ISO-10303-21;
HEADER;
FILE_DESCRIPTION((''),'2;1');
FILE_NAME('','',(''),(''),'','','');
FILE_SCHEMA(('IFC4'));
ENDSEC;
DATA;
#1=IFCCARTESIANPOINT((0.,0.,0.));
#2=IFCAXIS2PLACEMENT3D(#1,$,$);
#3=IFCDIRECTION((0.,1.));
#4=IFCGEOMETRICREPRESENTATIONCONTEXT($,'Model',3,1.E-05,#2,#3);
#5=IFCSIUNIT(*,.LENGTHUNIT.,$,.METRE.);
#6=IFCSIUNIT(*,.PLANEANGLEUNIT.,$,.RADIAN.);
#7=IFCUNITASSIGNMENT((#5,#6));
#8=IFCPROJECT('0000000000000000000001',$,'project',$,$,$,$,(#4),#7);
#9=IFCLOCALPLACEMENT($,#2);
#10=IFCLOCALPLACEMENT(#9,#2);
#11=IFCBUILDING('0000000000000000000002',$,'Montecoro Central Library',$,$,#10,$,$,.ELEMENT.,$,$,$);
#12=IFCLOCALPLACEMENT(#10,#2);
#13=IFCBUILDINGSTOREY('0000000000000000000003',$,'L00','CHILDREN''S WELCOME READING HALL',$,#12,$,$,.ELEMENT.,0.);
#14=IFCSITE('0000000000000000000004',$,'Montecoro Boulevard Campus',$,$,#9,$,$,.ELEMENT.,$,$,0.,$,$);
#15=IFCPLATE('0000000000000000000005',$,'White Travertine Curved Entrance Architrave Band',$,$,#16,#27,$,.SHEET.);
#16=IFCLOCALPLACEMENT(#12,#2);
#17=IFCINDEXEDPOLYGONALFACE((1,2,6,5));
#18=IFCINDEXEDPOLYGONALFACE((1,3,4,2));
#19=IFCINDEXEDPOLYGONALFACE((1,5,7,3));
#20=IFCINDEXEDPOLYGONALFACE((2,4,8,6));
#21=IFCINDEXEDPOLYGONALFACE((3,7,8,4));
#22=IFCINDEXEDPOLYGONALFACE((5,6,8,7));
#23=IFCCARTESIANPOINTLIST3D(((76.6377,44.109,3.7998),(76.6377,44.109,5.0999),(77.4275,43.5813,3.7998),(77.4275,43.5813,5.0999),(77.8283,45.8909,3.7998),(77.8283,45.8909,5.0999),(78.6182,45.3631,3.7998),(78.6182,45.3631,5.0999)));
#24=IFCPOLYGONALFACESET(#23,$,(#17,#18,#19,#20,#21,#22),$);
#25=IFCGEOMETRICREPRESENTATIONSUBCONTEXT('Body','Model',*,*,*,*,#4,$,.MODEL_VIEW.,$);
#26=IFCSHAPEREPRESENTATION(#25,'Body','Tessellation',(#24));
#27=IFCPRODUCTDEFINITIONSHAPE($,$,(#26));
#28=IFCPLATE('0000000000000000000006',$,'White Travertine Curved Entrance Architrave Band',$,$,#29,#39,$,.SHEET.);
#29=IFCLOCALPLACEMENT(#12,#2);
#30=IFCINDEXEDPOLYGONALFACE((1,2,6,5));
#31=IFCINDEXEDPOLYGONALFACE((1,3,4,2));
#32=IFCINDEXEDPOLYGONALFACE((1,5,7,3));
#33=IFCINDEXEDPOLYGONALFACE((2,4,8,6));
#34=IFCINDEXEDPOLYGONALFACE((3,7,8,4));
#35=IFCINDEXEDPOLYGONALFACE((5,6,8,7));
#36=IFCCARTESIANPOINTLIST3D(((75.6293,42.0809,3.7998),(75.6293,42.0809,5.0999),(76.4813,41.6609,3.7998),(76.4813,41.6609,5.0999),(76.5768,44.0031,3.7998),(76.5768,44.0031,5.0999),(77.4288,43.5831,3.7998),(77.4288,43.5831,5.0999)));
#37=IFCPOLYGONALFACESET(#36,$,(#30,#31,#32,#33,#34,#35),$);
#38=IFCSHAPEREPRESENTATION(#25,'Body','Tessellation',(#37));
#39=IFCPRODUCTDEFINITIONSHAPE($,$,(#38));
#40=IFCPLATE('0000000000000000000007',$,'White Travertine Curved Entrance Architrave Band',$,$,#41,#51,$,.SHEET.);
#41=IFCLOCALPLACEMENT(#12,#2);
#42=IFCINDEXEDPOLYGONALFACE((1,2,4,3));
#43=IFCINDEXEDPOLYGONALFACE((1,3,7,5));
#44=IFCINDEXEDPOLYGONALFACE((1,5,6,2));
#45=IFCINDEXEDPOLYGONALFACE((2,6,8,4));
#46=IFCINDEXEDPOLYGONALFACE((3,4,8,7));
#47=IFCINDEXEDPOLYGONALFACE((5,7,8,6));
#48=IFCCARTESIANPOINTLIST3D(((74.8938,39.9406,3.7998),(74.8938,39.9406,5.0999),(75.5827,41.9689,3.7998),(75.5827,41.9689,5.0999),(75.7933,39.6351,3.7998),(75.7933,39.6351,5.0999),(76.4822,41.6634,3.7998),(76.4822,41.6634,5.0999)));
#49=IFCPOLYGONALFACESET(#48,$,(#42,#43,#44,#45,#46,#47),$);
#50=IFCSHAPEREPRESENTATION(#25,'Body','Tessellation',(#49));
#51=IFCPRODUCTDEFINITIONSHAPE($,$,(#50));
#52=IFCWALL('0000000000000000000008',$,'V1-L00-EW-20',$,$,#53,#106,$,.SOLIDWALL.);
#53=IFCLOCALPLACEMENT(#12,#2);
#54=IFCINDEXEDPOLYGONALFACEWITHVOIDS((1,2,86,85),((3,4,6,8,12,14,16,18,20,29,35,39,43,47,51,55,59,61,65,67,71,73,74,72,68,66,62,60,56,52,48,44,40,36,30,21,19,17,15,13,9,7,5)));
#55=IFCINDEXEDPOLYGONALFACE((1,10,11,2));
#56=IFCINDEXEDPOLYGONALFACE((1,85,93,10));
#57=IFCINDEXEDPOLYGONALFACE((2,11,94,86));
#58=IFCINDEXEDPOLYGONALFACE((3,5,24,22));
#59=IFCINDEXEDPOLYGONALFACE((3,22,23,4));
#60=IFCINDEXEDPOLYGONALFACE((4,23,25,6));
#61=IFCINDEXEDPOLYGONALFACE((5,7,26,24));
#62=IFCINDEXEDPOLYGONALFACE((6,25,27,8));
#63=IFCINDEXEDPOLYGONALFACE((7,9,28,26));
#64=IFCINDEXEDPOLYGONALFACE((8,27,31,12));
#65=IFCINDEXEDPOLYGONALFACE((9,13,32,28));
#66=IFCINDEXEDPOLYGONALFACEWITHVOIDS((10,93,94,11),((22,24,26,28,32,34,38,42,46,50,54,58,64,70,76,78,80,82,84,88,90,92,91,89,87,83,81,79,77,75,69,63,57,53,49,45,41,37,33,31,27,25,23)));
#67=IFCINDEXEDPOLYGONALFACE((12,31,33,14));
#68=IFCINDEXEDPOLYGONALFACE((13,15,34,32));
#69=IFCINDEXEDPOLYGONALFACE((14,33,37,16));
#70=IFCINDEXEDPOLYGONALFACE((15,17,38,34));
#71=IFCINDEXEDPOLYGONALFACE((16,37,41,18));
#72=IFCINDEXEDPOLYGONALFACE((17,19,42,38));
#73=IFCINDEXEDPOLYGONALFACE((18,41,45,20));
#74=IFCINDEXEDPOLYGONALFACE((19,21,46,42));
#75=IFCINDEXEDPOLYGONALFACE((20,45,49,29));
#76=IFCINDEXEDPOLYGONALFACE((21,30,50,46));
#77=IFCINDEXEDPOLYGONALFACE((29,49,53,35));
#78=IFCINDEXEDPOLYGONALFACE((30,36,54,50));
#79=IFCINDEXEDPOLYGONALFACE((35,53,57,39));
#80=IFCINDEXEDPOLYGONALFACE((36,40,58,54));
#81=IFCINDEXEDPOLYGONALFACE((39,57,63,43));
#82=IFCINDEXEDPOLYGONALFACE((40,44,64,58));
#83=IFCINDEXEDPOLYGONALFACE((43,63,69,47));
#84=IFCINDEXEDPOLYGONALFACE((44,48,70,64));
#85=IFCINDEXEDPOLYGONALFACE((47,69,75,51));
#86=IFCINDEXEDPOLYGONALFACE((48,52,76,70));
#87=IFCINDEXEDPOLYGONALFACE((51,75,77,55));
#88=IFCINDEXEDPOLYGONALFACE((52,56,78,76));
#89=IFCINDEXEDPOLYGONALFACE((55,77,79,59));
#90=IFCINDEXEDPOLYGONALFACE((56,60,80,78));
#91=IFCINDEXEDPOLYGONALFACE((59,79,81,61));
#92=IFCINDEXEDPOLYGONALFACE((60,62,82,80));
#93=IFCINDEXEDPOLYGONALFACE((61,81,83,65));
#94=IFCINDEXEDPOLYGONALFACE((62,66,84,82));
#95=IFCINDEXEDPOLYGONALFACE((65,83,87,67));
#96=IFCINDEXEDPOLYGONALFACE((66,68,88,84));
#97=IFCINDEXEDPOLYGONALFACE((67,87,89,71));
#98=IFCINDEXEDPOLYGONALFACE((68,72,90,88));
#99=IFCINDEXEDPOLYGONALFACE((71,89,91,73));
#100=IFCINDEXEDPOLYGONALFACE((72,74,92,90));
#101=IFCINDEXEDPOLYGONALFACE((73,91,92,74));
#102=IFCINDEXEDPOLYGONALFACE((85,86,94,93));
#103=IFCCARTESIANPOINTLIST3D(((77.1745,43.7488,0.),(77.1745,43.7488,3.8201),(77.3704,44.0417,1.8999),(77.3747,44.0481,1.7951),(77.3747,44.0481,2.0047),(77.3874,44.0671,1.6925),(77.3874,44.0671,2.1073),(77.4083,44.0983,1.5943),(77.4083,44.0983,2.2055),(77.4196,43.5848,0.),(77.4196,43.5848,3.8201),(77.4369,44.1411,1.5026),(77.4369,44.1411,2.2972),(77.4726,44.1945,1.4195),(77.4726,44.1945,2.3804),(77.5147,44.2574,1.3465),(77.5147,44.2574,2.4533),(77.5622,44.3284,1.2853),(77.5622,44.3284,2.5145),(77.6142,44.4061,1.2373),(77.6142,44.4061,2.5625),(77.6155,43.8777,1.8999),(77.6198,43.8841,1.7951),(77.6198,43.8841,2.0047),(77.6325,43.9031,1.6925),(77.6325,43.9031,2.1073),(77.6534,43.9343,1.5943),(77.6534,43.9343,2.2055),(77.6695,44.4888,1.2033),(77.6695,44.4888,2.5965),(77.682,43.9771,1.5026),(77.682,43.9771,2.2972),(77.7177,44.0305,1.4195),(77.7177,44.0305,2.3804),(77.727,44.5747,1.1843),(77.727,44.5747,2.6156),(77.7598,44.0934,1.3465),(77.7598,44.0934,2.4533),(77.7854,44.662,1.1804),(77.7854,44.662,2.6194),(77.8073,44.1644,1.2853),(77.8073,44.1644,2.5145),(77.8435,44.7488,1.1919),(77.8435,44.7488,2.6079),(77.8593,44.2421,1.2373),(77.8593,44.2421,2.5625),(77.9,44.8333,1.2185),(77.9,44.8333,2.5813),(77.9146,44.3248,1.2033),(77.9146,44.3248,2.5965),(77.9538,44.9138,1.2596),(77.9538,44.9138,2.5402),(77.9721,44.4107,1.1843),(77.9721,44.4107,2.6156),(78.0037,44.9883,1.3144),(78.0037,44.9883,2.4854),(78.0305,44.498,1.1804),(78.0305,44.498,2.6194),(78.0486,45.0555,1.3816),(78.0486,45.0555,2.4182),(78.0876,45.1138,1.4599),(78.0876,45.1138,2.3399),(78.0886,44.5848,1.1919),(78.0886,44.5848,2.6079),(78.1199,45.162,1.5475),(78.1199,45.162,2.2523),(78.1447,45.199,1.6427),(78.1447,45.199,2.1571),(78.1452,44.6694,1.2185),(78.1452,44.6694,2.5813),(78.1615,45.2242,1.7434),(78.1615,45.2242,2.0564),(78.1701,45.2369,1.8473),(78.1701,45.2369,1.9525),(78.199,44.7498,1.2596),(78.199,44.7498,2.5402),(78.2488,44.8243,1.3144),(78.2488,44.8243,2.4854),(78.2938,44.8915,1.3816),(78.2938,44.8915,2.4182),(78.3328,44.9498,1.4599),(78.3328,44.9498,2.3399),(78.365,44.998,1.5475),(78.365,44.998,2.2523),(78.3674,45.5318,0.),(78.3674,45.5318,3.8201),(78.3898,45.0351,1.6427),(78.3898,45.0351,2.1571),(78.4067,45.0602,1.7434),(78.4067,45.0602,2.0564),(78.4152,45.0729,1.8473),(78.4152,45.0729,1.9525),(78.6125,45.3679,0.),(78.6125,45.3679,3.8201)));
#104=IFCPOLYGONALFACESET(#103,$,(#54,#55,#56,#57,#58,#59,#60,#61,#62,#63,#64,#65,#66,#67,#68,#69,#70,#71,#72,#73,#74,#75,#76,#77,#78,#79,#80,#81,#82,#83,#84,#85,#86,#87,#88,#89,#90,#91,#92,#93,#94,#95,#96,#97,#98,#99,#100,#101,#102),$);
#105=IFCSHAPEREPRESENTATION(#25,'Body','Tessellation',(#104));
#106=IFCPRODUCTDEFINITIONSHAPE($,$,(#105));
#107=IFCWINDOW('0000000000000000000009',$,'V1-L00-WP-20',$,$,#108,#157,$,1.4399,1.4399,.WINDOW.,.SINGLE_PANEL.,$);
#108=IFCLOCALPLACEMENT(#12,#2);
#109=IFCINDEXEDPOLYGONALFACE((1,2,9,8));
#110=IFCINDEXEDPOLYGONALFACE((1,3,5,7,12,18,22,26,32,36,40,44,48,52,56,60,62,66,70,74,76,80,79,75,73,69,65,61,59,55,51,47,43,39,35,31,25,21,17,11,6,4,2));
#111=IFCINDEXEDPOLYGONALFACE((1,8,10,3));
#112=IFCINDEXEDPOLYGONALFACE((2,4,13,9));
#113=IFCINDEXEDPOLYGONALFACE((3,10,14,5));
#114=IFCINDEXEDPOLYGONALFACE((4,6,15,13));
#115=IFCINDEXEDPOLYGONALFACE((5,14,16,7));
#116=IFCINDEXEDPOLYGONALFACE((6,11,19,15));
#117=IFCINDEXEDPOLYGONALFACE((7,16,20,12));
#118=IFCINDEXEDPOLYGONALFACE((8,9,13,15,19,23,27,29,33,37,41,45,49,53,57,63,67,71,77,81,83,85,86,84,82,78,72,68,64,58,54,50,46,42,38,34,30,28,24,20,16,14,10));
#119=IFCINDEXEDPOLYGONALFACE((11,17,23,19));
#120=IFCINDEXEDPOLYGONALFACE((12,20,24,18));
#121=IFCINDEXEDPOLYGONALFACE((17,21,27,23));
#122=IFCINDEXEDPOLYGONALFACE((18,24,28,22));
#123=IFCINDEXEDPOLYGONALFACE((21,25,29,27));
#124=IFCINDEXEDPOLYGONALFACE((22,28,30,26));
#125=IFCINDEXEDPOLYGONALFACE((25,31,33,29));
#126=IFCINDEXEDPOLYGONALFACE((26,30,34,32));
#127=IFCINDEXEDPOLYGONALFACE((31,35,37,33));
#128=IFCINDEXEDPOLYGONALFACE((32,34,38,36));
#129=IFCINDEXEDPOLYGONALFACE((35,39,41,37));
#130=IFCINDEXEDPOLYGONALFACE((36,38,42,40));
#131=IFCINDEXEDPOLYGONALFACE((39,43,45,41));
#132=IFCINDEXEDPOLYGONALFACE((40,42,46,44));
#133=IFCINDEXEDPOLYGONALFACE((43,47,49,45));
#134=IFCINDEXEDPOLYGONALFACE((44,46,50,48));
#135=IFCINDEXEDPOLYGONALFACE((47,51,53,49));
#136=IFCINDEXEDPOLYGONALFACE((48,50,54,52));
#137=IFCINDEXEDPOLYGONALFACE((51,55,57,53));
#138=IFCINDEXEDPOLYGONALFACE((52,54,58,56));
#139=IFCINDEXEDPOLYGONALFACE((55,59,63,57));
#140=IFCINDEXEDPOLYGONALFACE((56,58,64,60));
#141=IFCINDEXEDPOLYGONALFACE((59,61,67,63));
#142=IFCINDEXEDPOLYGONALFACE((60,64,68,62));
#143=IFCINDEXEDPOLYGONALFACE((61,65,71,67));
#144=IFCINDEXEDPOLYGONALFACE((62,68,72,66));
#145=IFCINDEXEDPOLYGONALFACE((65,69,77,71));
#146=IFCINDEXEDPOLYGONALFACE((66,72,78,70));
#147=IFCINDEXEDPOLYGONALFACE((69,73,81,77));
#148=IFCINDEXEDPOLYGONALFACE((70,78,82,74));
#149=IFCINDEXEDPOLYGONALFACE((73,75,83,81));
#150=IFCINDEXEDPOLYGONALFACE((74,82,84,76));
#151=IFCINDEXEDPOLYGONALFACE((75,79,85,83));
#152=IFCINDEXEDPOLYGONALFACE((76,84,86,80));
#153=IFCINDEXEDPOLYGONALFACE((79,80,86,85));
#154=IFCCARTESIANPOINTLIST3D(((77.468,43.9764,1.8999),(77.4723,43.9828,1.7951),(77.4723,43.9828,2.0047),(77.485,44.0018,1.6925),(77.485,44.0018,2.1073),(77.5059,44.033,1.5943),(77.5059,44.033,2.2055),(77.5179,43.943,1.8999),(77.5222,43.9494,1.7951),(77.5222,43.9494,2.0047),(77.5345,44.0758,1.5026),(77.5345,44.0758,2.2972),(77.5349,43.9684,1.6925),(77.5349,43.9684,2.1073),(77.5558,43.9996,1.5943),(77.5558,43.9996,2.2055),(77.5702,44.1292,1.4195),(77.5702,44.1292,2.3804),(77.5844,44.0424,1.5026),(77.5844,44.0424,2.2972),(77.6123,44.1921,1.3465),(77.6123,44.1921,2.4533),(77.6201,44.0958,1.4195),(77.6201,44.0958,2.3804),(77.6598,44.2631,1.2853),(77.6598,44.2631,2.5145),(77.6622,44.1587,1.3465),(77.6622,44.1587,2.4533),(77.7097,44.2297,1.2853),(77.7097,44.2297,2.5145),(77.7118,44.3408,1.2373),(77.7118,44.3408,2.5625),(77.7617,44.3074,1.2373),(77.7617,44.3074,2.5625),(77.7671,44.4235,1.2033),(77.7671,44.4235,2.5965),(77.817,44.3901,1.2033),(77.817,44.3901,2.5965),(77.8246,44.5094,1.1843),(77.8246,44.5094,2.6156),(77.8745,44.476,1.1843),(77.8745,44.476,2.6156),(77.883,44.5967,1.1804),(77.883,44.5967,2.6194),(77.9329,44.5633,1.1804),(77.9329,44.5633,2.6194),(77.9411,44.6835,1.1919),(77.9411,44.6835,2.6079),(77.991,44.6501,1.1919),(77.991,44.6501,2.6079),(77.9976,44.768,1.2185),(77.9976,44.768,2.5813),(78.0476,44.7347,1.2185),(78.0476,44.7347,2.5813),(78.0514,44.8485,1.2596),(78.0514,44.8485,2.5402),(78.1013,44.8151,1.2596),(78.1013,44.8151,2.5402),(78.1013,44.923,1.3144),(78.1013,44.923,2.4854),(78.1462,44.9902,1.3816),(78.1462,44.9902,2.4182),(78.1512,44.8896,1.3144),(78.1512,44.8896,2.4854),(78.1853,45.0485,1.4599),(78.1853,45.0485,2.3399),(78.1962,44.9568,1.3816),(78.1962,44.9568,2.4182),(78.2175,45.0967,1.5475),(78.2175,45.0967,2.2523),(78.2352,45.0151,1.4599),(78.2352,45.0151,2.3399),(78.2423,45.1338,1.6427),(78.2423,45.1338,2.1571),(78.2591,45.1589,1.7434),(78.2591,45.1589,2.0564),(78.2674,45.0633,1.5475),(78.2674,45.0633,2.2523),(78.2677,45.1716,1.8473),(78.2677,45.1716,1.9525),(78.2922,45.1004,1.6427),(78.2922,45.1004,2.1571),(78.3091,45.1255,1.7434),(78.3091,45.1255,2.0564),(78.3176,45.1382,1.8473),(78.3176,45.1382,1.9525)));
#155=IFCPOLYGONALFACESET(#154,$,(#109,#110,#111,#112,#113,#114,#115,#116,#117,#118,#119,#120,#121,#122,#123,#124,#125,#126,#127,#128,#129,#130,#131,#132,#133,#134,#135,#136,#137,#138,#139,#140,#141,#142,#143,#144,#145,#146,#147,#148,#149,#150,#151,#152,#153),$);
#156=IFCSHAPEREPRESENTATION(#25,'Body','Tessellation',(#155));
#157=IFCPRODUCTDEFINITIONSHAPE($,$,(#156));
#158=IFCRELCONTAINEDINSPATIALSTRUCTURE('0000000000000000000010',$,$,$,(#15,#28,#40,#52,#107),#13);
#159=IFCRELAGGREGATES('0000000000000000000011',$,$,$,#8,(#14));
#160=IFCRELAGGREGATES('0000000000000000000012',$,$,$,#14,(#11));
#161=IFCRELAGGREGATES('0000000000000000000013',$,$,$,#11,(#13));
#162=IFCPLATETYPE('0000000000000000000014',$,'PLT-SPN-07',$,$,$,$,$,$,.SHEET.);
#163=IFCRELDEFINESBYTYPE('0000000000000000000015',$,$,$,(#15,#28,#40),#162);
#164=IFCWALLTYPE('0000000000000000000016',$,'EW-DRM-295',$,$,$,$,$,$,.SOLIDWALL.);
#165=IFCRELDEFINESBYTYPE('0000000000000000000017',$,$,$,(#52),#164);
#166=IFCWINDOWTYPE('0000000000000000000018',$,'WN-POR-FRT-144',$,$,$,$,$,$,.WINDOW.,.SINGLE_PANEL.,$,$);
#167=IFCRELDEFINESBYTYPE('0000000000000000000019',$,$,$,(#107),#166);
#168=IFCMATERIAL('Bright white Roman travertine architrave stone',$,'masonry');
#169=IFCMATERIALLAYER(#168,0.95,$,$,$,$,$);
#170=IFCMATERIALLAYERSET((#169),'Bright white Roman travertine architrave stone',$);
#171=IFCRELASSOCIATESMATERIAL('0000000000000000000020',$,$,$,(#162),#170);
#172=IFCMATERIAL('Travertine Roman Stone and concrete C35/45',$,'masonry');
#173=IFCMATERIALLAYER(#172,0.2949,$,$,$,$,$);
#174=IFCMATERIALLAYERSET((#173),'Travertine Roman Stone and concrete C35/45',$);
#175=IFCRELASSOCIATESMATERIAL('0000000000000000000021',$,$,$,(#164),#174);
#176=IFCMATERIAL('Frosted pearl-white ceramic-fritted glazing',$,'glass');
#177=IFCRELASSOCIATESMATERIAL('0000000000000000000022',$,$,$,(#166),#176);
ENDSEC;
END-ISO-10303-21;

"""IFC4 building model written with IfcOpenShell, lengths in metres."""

from ifc_helpers import new_model, si_unit, direction, frame, frame_2d, origin, origin_2d, place, context, subcontext, project, spatial, rectangle, circle, extrude, material, layer, layer_set, type_object, element, fill, save


model = new_model("IFC4")

# Units and contexts
model_context = context("Model", 3, precision=1e-05, world=origin(), true_north=direction((0.0, 1.0)))
body_context = subcontext(model_context, "Body", "Model", "MODEL_VIEW")
ifc_project = project(units=[si_unit("LENGTHUNIT", "METRE"), si_unit("PLANEANGLEUNIT", "RADIAN")], contexts=[model_context])

# Site, building, storey
site_placement = place(None, origin())
site = spatial("IfcSite", under=ifc_project, at=site_placement, Name="Montecoro Boulevard Campus", CompositionType="ELEMENT", RefElevation=0.0)
building_placement = place(site_placement, origin())
building = spatial("IfcBuilding", under=site, at=building_placement, Name="Montecoro Central Library", CompositionType="ELEMENT")
storey_placement = place(building_placement, origin())
storey = spatial("IfcBuildingStorey", under=building, at=storey_placement, Name="L00", Description="CHILDREN'S WELCOME READING HALL", CompositionType="ELEMENT", Elevation=0.0)

# Plates
ifc_material_1 = material(Name="Bright white Roman travertine architrave stone", Category="masonry")
ifc_layer_1 = layer(ifc_material_1, 0.95)
ifc_layer_set_1 = layer_set([ifc_layer_1], Name="Bright white Roman travertine architrave stone")
plate_type = type_object("IfcPlateType", Name="PLT-SPN-07", PredefinedType="SHEET", material=ifc_layer_set_1)
for number, where, z_axis, x_axis, name in (
    (1, (77.6279, 44.7361, 3.7998), (0.0, 0.0, 1.0), (-0.55557, -0.83147, 0.0), "White Travertine Curved Entrance Architrave Band"),
    (2, (76.5291, 42.832, 3.7998), (0.0, 0.0, 1.0), (-0.442132, -0.89695, 0.0), "White Travertine Curved Entrance Architrave Band"),
):
    element("IfcPlate", number, at=place(storey_placement, frame(where, z_axis=z_axis, x_axis=x_axis)), inside=storey, type_object=plate_type, Name=name, PredefinedType="SHEET", context=body_context, shape_type="SweptSolid", body=[
        extrude(rectangle(XDim=2.1431, YDim=0.95, at=origin_2d()), origin(), (0.0, 0.0, 1.0), 1.3),
    ])
plate_1_placement = place(storey_placement, frame((75.688, 40.802, 3.7998), z_axis=(0.0, 0.0, 1.0), x_axis=(-0.321605, -0.946874, 0.0)))
element("IfcPlate", 3, at=plate_1_placement, inside=storey, type_object=plate_type, Name="White Travertine Curved Entrance Architrave Band", PredefinedType="SHEET", context=body_context, shape_type="SweptSolid", body=[
    extrude(rectangle(XDim=2.1421, YDim=0.95, at=origin_2d()), origin(), (0.0, 0.0, 1.0), 1.3),
])

# Wall, opening, window
ifc_material_2 = material(Name="Travertine Roman Stone and concrete C35/45", Category="masonry")
ifc_layer_2 = layer(ifc_material_2, 0.2949)
ifc_layer_set_2 = layer_set([ifc_layer_2], Name="Travertine Roman Stone and concrete C35/45")
wall_type_1 = type_object("IfcWallType", Name="EW-DRM-295", PredefinedType="SOLIDWALL", material=ifc_layer_set_2)
wall_1_placement = place(storey_placement, frame((78.49, 45.45, 0.0), z_axis=(0.0, 0.0, 1.0), x_axis=(-0.556065, -0.831139, 0.0)))
wall_1 = element("IfcWall", 4, at=wall_1_placement, inside=storey, type_object=wall_type_1, Name="V1-L00-EW-20", PredefinedType="SOLIDWALL", context=body_context, shape_type="SweptSolid", body=[
    extrude(rectangle(XDim=2.1453, YDim=0.2949, at=frame_2d((1.0728, 0.0))), origin(), (0.0, 0.0, 1.0), 3.8201),
])
opening_1_placement = place(wall_1_placement, frame((0.353, 0.0, 1.1799)))
opening_1 = element("IfcOpeningElement", 5, at=opening_1_placement, cuts=wall_1, PredefinedType="OPENING", context=body_context, shape_type="SweptSolid", body=[
    extrude(circle(Radius=0.72, at=frame_2d((0.72, 0.72))), frame((0.0, 0.1575, 0.0), z_axis=(0.0, -1.0, 0.0), x_axis=(1.0, 0.0, 0.0)), (0.0, 0.0, 1.0), 0.3149),
])
ifc_material_3 = material(Name="Frosted pearl-white ceramic-fritted glazing", Category="glass")
window_type_1 = type_object("IfcWindowType", Name="WN-POR-FRT-144", PartitioningType="SINGLE_PANEL", PredefinedType="WINDOW", material=ifc_material_3)
window_1_placement = place(opening_1_placement, origin())
window_1 = element("IfcWindow", 6, at=window_1_placement, inside=storey, type_object=window_type_1, Name="V1-L00-WP-20", OverallHeight=1.4399, OverallWidth=1.4399, PartitioningType="SINGLE_PANEL", PredefinedType="WINDOW", context=body_context, shape_type="SweptSolid", body=[
    extrude(circle(Radius=0.72, at=frame_2d((0.72, 0.72))), frame((0.0, 0.03, 0.0), z_axis=(0.0, -1.0, 0.0), x_axis=(1.0, 0.0, 0.0)), (0.0, 0.0, 1.0), 0.0601),
])
fill(opening_1, window_1)

save(model, "model.ifc")
